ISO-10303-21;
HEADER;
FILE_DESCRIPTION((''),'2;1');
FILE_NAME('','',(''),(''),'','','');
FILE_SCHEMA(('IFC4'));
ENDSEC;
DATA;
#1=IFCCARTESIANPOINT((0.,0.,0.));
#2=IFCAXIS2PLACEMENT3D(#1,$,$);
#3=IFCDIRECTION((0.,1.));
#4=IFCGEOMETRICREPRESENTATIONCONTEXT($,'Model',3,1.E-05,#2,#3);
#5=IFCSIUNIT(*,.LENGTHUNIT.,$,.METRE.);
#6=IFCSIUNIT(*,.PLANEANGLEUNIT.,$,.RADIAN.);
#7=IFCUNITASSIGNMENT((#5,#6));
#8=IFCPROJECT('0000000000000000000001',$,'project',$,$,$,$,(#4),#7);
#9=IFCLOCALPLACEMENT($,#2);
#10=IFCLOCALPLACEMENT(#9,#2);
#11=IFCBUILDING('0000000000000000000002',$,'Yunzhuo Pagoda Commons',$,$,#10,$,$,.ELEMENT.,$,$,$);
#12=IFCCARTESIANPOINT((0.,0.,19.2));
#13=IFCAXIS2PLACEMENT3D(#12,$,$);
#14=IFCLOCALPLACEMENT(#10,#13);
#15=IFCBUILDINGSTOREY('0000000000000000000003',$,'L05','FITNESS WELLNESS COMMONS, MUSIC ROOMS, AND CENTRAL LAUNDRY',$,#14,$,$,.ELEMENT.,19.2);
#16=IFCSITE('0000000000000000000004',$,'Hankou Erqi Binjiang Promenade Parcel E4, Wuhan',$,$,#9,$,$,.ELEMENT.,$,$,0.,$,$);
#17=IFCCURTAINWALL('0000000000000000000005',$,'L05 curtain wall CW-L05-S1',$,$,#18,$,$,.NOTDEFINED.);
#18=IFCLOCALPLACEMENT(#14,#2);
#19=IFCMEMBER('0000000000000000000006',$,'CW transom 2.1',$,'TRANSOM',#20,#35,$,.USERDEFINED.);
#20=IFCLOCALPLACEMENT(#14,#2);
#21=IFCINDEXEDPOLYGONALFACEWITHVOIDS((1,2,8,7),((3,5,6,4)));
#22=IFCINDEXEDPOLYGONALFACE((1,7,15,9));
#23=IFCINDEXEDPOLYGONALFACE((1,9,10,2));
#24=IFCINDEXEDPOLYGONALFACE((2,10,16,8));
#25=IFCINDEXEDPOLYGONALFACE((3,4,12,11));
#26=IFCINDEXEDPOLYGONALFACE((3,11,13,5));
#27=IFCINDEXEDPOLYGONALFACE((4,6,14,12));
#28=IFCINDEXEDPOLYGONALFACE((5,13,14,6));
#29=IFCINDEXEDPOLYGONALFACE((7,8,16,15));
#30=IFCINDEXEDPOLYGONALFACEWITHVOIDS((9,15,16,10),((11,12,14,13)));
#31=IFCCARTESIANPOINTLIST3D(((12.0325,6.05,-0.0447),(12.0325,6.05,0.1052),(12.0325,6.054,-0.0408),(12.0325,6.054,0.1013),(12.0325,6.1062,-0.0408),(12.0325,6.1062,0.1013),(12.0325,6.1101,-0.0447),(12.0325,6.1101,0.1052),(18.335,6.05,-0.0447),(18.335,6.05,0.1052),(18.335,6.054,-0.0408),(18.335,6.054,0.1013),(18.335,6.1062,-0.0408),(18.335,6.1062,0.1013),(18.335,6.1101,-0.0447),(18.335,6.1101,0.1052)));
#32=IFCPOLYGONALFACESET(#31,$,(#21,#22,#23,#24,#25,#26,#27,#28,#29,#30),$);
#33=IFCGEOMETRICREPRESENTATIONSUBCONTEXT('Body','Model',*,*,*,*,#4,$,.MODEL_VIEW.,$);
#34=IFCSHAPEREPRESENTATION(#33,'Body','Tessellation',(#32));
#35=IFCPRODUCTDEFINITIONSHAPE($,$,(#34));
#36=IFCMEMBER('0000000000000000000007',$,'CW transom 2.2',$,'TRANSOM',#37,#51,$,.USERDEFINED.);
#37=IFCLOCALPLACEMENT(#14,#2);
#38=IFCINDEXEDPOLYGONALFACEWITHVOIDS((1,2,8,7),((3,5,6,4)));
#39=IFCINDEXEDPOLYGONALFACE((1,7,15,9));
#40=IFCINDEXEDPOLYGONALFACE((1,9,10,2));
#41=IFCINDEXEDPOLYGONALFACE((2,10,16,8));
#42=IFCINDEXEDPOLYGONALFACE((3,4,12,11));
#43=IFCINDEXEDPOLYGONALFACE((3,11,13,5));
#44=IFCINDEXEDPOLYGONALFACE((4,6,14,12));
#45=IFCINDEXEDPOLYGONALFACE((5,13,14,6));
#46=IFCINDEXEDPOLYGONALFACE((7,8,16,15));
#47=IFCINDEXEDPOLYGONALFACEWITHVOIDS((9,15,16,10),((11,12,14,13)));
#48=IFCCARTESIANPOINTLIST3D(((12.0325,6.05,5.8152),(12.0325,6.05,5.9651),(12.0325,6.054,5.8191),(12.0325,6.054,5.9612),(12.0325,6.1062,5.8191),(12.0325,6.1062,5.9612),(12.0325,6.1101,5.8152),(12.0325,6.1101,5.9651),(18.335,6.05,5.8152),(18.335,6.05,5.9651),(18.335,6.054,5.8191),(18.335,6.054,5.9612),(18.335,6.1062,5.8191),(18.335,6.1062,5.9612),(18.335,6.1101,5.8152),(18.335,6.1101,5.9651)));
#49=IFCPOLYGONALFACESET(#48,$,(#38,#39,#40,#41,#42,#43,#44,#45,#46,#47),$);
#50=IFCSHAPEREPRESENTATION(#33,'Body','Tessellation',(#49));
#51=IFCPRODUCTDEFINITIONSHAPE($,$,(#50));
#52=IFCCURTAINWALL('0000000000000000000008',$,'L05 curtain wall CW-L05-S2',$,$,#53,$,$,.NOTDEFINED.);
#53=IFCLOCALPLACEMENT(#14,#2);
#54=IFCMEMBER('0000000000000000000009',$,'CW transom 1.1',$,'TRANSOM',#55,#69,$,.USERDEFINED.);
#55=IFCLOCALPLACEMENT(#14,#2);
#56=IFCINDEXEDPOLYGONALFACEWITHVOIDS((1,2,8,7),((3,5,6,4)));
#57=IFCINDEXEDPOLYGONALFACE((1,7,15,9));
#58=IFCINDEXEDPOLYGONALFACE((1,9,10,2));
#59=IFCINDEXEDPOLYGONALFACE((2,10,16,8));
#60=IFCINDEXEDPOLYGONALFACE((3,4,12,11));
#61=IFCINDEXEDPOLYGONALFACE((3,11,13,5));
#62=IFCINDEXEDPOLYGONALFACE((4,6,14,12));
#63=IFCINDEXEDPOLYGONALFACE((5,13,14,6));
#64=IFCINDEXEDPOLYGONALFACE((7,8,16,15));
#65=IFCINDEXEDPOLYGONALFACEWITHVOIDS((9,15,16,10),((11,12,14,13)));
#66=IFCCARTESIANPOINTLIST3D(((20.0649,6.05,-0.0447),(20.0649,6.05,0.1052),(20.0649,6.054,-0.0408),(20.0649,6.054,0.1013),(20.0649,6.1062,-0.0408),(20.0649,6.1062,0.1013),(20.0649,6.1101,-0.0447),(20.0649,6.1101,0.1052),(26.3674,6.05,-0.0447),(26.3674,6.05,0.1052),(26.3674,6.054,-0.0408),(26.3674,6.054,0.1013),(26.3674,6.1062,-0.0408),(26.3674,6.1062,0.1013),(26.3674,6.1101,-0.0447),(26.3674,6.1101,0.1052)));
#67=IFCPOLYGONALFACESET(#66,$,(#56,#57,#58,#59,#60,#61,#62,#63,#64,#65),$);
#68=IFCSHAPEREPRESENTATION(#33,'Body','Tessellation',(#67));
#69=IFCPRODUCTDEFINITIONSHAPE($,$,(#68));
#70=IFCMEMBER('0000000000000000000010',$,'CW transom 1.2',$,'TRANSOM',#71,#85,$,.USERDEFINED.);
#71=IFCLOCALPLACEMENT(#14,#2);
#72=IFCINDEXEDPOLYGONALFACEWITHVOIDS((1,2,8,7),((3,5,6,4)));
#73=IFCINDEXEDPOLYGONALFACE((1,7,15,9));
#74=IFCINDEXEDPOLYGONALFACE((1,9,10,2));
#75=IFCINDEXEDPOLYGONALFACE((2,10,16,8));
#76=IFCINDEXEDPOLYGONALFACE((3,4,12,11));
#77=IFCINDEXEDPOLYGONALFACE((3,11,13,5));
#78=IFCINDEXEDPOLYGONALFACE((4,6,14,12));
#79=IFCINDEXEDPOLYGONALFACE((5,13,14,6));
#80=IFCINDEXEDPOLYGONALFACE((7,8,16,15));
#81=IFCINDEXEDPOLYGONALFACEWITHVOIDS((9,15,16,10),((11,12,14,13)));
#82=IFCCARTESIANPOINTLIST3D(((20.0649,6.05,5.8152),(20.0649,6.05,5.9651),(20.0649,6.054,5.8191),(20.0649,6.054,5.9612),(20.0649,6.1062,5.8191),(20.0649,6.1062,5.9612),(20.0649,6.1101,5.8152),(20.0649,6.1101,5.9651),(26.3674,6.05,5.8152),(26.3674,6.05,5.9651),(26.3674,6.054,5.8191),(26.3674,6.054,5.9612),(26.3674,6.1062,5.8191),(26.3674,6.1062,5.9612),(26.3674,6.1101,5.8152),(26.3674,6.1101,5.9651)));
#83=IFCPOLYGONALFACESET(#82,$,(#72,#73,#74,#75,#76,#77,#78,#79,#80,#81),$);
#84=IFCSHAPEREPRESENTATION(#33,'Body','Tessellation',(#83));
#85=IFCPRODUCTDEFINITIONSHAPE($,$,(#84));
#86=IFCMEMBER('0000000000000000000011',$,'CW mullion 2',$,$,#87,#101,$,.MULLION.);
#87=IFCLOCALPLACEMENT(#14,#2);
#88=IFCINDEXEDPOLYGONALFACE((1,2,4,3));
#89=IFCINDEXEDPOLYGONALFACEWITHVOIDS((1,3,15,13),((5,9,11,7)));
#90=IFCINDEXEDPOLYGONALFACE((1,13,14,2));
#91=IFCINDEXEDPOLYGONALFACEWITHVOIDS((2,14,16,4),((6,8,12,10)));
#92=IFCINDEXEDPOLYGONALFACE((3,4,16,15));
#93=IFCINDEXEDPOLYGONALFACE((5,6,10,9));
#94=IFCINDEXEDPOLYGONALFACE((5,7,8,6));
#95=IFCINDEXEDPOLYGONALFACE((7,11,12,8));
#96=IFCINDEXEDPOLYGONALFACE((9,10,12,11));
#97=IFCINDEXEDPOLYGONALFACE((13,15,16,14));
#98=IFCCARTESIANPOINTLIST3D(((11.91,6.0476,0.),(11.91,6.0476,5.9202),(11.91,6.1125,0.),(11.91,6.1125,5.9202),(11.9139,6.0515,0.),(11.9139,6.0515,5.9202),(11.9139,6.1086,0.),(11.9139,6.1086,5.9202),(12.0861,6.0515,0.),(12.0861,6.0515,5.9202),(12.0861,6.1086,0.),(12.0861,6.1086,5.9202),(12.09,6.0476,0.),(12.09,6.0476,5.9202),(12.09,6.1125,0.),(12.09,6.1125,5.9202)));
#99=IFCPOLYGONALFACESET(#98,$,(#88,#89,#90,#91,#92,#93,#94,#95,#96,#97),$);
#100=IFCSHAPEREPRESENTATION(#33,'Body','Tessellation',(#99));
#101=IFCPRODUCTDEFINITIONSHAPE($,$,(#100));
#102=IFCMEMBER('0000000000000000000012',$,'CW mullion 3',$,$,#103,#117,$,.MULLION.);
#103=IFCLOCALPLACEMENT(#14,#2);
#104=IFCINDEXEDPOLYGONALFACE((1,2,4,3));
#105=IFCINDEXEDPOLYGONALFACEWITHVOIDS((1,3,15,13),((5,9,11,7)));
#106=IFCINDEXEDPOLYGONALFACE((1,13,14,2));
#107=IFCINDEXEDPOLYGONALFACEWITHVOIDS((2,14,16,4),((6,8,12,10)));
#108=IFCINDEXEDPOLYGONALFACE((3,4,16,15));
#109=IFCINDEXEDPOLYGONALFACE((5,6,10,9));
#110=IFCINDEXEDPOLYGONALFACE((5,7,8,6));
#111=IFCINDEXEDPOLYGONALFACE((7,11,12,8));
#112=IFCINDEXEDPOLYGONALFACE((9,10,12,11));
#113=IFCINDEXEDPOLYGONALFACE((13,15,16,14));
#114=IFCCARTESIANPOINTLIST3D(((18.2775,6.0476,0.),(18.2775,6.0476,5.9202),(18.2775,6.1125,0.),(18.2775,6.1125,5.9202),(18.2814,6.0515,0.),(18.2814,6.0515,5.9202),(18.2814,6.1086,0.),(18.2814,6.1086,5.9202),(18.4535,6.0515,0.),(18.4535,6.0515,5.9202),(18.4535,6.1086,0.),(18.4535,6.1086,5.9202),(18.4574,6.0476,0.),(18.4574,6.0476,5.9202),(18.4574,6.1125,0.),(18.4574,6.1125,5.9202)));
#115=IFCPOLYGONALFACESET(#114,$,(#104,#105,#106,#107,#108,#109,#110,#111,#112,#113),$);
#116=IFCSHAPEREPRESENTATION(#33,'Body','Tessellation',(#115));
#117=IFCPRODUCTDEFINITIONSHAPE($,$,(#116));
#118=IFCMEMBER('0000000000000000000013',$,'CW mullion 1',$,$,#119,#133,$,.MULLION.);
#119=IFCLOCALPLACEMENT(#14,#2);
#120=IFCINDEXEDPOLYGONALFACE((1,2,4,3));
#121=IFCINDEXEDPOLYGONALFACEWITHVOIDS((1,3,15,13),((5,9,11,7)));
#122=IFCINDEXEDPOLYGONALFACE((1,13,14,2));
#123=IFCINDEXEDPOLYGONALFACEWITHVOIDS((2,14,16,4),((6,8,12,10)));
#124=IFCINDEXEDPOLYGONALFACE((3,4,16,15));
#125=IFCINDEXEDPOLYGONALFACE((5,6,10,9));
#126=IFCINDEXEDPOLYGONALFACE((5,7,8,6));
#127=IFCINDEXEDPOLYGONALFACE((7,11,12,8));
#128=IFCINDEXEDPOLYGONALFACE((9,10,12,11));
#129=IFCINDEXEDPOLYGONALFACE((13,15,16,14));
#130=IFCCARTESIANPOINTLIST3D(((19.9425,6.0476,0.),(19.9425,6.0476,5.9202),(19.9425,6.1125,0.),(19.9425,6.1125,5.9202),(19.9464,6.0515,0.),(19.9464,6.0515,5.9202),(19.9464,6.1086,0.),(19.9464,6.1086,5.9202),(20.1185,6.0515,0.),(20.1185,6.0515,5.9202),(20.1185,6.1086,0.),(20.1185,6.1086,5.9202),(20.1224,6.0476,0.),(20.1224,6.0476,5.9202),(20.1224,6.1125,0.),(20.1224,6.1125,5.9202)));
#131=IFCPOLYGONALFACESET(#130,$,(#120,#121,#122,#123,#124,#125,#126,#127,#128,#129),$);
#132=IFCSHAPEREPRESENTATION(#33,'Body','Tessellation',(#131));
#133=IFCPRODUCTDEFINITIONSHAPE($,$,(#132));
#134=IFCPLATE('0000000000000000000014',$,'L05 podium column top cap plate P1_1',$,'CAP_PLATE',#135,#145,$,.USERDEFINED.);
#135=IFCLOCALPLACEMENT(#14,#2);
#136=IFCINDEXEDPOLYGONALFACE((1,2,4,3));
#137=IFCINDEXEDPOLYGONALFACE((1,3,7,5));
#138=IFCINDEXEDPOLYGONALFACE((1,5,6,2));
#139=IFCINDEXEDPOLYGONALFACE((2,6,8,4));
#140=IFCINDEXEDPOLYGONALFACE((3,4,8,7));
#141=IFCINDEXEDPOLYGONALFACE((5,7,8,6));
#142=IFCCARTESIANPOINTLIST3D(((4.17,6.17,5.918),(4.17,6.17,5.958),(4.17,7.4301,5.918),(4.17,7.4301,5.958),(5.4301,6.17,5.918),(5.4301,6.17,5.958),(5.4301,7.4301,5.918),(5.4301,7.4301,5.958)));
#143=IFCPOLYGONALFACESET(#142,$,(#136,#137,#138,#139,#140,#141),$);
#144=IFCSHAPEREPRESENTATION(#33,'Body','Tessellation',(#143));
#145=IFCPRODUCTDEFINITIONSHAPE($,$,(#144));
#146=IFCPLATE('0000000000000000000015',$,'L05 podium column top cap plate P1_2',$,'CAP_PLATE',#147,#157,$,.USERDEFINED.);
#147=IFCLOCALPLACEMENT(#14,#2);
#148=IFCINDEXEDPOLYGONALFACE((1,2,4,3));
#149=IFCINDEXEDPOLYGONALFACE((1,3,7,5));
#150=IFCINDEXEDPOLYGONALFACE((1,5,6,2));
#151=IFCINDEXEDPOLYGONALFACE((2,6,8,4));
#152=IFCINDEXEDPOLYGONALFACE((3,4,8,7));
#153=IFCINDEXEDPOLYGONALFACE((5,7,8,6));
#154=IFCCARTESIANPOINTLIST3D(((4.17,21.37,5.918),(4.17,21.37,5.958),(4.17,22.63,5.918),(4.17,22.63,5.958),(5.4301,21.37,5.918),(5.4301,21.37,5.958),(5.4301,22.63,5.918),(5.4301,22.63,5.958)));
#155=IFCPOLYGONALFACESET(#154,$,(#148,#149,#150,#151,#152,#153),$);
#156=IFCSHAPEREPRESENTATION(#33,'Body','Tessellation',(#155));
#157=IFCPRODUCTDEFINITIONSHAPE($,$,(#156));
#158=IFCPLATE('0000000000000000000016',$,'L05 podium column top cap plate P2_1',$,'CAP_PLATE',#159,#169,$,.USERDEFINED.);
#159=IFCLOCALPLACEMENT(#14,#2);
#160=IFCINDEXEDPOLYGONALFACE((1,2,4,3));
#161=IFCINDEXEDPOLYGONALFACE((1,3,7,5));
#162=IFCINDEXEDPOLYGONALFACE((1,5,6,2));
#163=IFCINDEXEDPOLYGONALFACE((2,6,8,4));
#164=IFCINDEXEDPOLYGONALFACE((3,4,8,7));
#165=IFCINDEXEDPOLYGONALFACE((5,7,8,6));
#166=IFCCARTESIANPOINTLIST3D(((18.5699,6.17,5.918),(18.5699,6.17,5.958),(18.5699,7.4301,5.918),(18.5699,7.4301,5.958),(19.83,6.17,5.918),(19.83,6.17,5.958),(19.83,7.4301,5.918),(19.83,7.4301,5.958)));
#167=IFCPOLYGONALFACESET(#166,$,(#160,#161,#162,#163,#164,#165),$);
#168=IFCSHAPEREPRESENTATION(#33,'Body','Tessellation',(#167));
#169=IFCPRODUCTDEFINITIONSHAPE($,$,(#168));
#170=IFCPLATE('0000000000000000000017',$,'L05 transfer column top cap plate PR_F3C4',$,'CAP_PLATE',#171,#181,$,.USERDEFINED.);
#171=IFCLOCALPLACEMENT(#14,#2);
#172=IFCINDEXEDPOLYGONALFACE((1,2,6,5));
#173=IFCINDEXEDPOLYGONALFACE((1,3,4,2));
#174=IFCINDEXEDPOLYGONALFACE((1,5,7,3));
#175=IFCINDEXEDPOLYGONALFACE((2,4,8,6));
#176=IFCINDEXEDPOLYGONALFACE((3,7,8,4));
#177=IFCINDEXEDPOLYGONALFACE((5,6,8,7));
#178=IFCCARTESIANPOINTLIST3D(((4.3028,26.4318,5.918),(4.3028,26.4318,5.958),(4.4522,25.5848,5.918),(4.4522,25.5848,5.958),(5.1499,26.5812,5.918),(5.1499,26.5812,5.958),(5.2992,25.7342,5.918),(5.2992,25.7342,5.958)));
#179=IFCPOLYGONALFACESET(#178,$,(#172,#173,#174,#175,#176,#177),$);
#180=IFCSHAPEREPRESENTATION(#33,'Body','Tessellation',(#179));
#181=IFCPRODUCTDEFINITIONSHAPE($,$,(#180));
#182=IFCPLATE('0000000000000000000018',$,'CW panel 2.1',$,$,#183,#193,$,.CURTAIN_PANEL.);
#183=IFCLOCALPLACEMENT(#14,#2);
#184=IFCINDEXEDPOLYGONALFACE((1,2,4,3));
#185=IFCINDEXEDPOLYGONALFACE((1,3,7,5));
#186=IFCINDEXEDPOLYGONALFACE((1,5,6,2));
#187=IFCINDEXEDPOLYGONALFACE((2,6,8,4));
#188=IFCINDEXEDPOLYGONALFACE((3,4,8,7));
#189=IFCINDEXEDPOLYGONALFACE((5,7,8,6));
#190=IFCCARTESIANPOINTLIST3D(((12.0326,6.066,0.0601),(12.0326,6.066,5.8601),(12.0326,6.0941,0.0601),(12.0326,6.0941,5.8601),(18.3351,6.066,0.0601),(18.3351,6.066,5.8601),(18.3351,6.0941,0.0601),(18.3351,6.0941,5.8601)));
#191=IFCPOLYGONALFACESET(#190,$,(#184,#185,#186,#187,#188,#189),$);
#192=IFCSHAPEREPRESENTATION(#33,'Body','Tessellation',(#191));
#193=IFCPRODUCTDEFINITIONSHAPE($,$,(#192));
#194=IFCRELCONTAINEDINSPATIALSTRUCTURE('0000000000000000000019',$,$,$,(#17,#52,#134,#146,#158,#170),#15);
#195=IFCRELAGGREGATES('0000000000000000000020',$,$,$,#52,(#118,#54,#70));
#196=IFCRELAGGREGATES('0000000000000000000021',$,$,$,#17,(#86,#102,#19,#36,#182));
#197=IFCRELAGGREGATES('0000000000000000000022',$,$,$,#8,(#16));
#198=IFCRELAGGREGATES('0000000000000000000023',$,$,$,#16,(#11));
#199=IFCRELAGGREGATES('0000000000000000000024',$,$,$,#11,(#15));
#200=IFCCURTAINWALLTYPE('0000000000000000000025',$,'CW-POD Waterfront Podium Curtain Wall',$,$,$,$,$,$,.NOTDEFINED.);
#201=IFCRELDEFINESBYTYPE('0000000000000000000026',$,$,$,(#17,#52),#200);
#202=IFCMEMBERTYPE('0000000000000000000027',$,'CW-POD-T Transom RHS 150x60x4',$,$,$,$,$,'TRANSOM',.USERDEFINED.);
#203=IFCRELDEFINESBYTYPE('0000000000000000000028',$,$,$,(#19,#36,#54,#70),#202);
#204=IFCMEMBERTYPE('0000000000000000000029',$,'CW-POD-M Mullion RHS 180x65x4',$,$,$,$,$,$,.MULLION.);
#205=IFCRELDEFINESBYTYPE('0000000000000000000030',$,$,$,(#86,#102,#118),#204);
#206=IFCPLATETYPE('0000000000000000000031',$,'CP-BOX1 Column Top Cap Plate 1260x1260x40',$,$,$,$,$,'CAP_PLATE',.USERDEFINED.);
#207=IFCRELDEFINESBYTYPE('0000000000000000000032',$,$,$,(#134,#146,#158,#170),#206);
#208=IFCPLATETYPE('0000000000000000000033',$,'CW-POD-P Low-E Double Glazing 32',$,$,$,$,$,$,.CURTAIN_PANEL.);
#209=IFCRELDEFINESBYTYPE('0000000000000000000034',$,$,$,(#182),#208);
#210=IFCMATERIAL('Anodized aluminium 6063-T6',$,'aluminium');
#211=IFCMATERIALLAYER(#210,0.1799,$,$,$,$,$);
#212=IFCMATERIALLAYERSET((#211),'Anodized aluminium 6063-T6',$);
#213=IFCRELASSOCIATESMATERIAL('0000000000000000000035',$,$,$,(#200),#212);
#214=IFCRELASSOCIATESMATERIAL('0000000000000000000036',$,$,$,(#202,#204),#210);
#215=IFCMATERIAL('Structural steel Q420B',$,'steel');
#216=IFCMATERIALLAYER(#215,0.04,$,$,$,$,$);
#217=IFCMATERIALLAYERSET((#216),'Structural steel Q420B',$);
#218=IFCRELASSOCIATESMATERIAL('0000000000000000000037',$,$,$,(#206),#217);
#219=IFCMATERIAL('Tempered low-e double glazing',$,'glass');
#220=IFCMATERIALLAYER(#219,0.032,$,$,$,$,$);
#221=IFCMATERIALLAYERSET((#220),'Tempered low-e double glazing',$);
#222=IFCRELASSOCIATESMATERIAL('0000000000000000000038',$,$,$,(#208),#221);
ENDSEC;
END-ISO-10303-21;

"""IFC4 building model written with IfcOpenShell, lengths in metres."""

from ifc_helpers import new_model, si_unit, direction, frame, origin, origin_2d, place, context, subcontext, project, spatial, rectangle, hollow_rectangle, extrude, source, transform, mapped, material, layer, layer_set, material_profile, profile_set, type_object, element, aggregate, save


model = new_model("IFC4")

# Units and contexts
model_context = context("Model", 3, precision=1e-05, world=origin(), true_north=direction((0.0, 1.0)))
body_context = subcontext(model_context, "Body", "Model", "MODEL_VIEW")
ifc_project = project(units=[si_unit("LENGTHUNIT", "METRE"), si_unit("PLANEANGLEUNIT", "RADIAN")], contexts=[model_context])

# Site, building, storey
site_placement = place(None, origin())
site = spatial("IfcSite", under=ifc_project, at=site_placement, Name="Hankou Erqi Binjiang Promenade Parcel E4, Wuhan", CompositionType="ELEMENT", RefElevation=0.0)
building_placement = place(site_placement, origin())
building = spatial("IfcBuilding", under=site, at=building_placement, Name="Yunzhuo Pagoda Commons", CompositionType="ELEMENT")
storey_placement = place(building_placement, frame((0.0, 0.0, 19.2)))
storey = spatial("IfcBuildingStorey", under=building, at=storey_placement, Name="L05", Description="FITNESS WELLNESS COMMONS, MUSIC ROOMS, AND CENTRAL LAUNDRY", CompositionType="ELEMENT", Elevation=19.2)

# Shared definitions
ifc_material_1 = material(Name="Structural steel Q420B", Category="steel")

# Curtain walls, members
ifc_material_2 = material(Name="Anodized aluminium 6063-T6", Category="aluminium")
ifc_layer_1 = layer(ifc_material_2, 0.1799)
ifc_layer_set_1 = layer_set([ifc_layer_1], Name="Anodized aluminium 6063-T6")
curtain_wall_type = type_object("IfcCurtainWallType", Name="CW-POD Waterfront Podium Curtain Wall", PredefinedType="NOTDEFINED", material=ifc_layer_set_1)
curtain_wall_1_placement = place(storey_placement, origin())
curtain_wall_1 = element("IfcCurtainWall", 1, at=curtain_wall_1_placement, inside=storey, type_object=curtain_wall_type, Name="L05 curtain wall CW-L05-S1", PredefinedType="NOTDEFINED")
ifc_material_profile_1 = material_profile(ifc_material_2, hollow_rectangle(XDim=0.0601, YDim=0.1499, WallThickness=0.0039, at=origin_2d()), Name="Anodized aluminium 6063-T6")
ifc_profile_set_1 = profile_set([ifc_material_profile_1], Name="Anodized aluminium 6063-T6")
member_type_1 = type_object("IfcMemberType", Name="CW-POD-T Transom RHS 150x60x4", ElementType="TRANSOM", PredefinedType="USERDEFINED", material=ifc_profile_set_1)
shared_shape_1 = source(origin(), body_context, "Body", "SweptSolid", [
    extrude(hollow_rectangle(XDim=0.0601, YDim=0.1499, WallThickness=0.0039, at=origin_2d()), origin(), (0.0, 0.0, 1.0), 6.3025),
])
member_1_placement = place(storey_placement, frame((12.0325, 6.0801, 0.0303), z_axis=(1.0, 0.0, 0.0), x_axis=(0.0, 1.0, 0.0)))
member_1 = element("IfcMember", 2, at=member_1_placement, type_object=member_type_1, Name="CW transom 2.1", ObjectType="TRANSOM", PredefinedType="USERDEFINED", context=body_context, shape_type="MappedRepresentation", body=[
    mapped(shared_shape_1, transform((0.0, 0.0, 0.0), scale=1.0)),
])
member_2_placement = place(storey_placement, frame((12.0325, 6.0801, 5.8901), z_axis=(1.0, 0.0, 0.0), x_axis=(0.0, 1.0, 0.0)))
member_2 = element("IfcMember", 3, at=member_2_placement, type_object=member_type_1, Name="CW transom 2.2", ObjectType="TRANSOM", PredefinedType="USERDEFINED", context=body_context, shape_type="MappedRepresentation", body=[
    mapped(shared_shape_1, transform((0.0, 0.0, 0.0), scale=1.0)),
])
curtain_wall_2_placement = place(storey_placement, origin())
curtain_wall_2 = element("IfcCurtainWall", 4, at=curtain_wall_2_placement, inside=storey, type_object=curtain_wall_type, Name="L05 curtain wall CW-L05-S2", PredefinedType="NOTDEFINED")
member_3_placement = place(storey_placement, frame((20.0649, 6.0801, 0.0303), z_axis=(1.0, 0.0, 0.0), x_axis=(0.0, 1.0, 0.0)))
member_3 = element("IfcMember", 5, at=member_3_placement, type_object=member_type_1, Name="CW transom 1.1", ObjectType="TRANSOM", PredefinedType="USERDEFINED", context=body_context, shape_type="MappedRepresentation", body=[
    mapped(shared_shape_1, transform((0.0, 0.0, 0.0), scale=1.0)),
])
member_4_placement = place(storey_placement, frame((20.0649, 6.0801, 5.8901), z_axis=(1.0, 0.0, 0.0), x_axis=(0.0, 1.0, 0.0)))
member_4 = element("IfcMember", 6, at=member_4_placement, type_object=member_type_1, Name="CW transom 1.2", ObjectType="TRANSOM", PredefinedType="USERDEFINED", context=body_context, shape_type="MappedRepresentation", body=[
    mapped(shared_shape_1, transform((0.0, 0.0, 0.0), scale=1.0)),
])

# Members
ifc_material_profile_2 = material_profile(ifc_material_2, hollow_rectangle(XDim=0.0649, YDim=0.1799, WallThickness=0.0039, at=origin_2d()), Name="Anodized aluminium 6063-T6")
ifc_profile_set_2 = profile_set([ifc_material_profile_2], Name="Anodized aluminium 6063-T6")
member_type_2 = type_object("IfcMemberType", Name="CW-POD-M Mullion RHS 180x65x4", PredefinedType="MULLION", material=ifc_profile_set_2)
shared_shape_2 = source(origin(), body_context, "Body", "SweptSolid", [
    extrude(hollow_rectangle(XDim=0.0649, YDim=0.1799, WallThickness=0.0039, at=origin_2d()), origin(), (0.0, 0.0, 1.0), 5.9202),
])
member_5_placement = place(storey_placement, frame((12.0, 6.0801, 0.0), z_axis=(0.0, 0.0, 1.0), x_axis=(0.0, 1.0, 0.0)))
member_5 = element("IfcMember", 7, at=member_5_placement, type_object=member_type_2, Name="CW mullion 2", PredefinedType="MULLION", context=body_context, shape_type="MappedRepresentation", body=[
    mapped(shared_shape_2, transform((0.0, 0.0, 0.0), scale=1.0)),
])
member_6_placement = place(storey_placement, frame((18.3674, 6.0801, 0.0), z_axis=(0.0, 0.0, 1.0), x_axis=(0.0, 1.0, 0.0)))
member_6 = element("IfcMember", 8, at=member_6_placement, type_object=member_type_2, Name="CW mullion 3", PredefinedType="MULLION", context=body_context, shape_type="MappedRepresentation", body=[
    mapped(shared_shape_2, transform((0.0, 0.0, 0.0), scale=1.0)),
])
member_7_placement = place(storey_placement, frame((20.0325, 6.0801, 0.0), z_axis=(0.0, 0.0, 1.0), x_axis=(0.0, 1.0, 0.0)))
member_7 = element("IfcMember", 9, at=member_7_placement, type_object=member_type_2, Name="CW mullion 1", PredefinedType="MULLION", context=body_context, shape_type="MappedRepresentation", body=[
    mapped(shared_shape_2, transform((0.0, 0.0, 0.0), scale=1.0)),
])
aggregate(curtain_wall_2, [member_7, member_3, member_4])

# Plates
ifc_layer_2 = layer(ifc_material_1, 0.04)
ifc_layer_set_2 = layer_set([ifc_layer_2], Name="Structural steel Q420B")
plate_type_1 = type_object("IfcPlateType", Name="CP-BOX1 Column Top Cap Plate 1260x1260x40", ElementType="CAP_PLATE", PredefinedType="USERDEFINED", material=ifc_layer_set_2)
shared_shape_3 = source(origin(), body_context, "Body", "SweptSolid", [
    extrude(rectangle(XDim=1.26, YDim=1.26, at=origin_2d()), origin(), (0.0, 0.0, 1.0), 0.04),
])
for number, where, z_axis, x_axis, name in (
    (10, (4.8, 6.8, 5.918), (0.0, 0.0, 1.0), (1.0, 0.0, 0.0), "L05 podium column top cap plate P1_1"),
    (11, (4.8, 22.0, 5.918), (0.0, 0.0, 1.0), (1.0, 0.0, 0.0), "L05 podium column top cap plate P1_2"),
    (12, (19.2, 6.8, 5.918), (0.0, 0.0, 1.0), (1.0, 0.0, 0.0), "L05 podium column top cap plate P2_1"),
):
    element("IfcPlate", number, at=place(storey_placement, frame(where, z_axis=z_axis, x_axis=x_axis)), inside=storey, type_object=plate_type_1, Name=name, ObjectType="CAP_PLATE", PredefinedType="USERDEFINED", context=body_context, shape_type="MappedRepresentation", body=[
        mapped(shared_shape_3, transform((0.0, 0.0, 0.0), scale=1.0)),
    ])
shared_shape_4 = source(origin(), body_context, "Body", "SweptSolid", [
    extrude(rectangle(XDim=0.8601, YDim=0.8601, at=origin_2d()), origin(), (0.0, 0.0, 1.0), 0.04),
])
plate_1_placement = place(storey_placement, frame((4.801, 26.083, 5.918), z_axis=(0.0, 0.0, 1.0), x_axis=(0.173648, -0.984808, 0.0)))
element("IfcPlate", 13, at=plate_1_placement, inside=storey, type_object=plate_type_1, Name="L05 transfer column top cap plate PR_F3C4", ObjectType="CAP_PLATE", PredefinedType="USERDEFINED", context=body_context, shape_type="MappedRepresentation", body=[
    mapped(shared_shape_4, transform((0.0, 0.0, 0.0), scale=1.0)),
])

# Plate
ifc_material_3 = material(Name="Tempered low-e double glazing", Category="glass")
ifc_layer_3 = layer(ifc_material_3, 0.032)
ifc_layer_set_3 = layer_set([ifc_layer_3], Name="Tempered low-e double glazing")
plate_type_2 = type_object("IfcPlateType", Name="CW-POD-P Low-E Double Glazing 32", PredefinedType="CURTAIN_PANEL", material=ifc_layer_set_3)
shared_shape_5 = source(origin(), body_context, "Body", "SweptSolid", [
    extrude(rectangle(XDim=6.3025, YDim=0.0281, at=origin_2d()), origin(), (0.0, 0.0, 1.0), 5.8),
])
plate_2_placement = place(storey_placement, frame((15.1838, 6.0801, 0.0601), z_axis=(0.0, 0.0, 1.0), x_axis=(1.0, 0.0, 0.0)))
plate_2 = element("IfcPlate", 14, at=plate_2_placement, type_object=plate_type_2, Name="CW panel 2.1", PredefinedType="CURTAIN_PANEL", context=body_context, shape_type="MappedRepresentation", body=[
    mapped(shared_shape_5, transform((0.0, 0.0, 0.0), scale=1.0)),
])
aggregate(curtain_wall_1, [member_5, member_6, member_1, member_2, plate_2])

save(model, "model.ifc")
